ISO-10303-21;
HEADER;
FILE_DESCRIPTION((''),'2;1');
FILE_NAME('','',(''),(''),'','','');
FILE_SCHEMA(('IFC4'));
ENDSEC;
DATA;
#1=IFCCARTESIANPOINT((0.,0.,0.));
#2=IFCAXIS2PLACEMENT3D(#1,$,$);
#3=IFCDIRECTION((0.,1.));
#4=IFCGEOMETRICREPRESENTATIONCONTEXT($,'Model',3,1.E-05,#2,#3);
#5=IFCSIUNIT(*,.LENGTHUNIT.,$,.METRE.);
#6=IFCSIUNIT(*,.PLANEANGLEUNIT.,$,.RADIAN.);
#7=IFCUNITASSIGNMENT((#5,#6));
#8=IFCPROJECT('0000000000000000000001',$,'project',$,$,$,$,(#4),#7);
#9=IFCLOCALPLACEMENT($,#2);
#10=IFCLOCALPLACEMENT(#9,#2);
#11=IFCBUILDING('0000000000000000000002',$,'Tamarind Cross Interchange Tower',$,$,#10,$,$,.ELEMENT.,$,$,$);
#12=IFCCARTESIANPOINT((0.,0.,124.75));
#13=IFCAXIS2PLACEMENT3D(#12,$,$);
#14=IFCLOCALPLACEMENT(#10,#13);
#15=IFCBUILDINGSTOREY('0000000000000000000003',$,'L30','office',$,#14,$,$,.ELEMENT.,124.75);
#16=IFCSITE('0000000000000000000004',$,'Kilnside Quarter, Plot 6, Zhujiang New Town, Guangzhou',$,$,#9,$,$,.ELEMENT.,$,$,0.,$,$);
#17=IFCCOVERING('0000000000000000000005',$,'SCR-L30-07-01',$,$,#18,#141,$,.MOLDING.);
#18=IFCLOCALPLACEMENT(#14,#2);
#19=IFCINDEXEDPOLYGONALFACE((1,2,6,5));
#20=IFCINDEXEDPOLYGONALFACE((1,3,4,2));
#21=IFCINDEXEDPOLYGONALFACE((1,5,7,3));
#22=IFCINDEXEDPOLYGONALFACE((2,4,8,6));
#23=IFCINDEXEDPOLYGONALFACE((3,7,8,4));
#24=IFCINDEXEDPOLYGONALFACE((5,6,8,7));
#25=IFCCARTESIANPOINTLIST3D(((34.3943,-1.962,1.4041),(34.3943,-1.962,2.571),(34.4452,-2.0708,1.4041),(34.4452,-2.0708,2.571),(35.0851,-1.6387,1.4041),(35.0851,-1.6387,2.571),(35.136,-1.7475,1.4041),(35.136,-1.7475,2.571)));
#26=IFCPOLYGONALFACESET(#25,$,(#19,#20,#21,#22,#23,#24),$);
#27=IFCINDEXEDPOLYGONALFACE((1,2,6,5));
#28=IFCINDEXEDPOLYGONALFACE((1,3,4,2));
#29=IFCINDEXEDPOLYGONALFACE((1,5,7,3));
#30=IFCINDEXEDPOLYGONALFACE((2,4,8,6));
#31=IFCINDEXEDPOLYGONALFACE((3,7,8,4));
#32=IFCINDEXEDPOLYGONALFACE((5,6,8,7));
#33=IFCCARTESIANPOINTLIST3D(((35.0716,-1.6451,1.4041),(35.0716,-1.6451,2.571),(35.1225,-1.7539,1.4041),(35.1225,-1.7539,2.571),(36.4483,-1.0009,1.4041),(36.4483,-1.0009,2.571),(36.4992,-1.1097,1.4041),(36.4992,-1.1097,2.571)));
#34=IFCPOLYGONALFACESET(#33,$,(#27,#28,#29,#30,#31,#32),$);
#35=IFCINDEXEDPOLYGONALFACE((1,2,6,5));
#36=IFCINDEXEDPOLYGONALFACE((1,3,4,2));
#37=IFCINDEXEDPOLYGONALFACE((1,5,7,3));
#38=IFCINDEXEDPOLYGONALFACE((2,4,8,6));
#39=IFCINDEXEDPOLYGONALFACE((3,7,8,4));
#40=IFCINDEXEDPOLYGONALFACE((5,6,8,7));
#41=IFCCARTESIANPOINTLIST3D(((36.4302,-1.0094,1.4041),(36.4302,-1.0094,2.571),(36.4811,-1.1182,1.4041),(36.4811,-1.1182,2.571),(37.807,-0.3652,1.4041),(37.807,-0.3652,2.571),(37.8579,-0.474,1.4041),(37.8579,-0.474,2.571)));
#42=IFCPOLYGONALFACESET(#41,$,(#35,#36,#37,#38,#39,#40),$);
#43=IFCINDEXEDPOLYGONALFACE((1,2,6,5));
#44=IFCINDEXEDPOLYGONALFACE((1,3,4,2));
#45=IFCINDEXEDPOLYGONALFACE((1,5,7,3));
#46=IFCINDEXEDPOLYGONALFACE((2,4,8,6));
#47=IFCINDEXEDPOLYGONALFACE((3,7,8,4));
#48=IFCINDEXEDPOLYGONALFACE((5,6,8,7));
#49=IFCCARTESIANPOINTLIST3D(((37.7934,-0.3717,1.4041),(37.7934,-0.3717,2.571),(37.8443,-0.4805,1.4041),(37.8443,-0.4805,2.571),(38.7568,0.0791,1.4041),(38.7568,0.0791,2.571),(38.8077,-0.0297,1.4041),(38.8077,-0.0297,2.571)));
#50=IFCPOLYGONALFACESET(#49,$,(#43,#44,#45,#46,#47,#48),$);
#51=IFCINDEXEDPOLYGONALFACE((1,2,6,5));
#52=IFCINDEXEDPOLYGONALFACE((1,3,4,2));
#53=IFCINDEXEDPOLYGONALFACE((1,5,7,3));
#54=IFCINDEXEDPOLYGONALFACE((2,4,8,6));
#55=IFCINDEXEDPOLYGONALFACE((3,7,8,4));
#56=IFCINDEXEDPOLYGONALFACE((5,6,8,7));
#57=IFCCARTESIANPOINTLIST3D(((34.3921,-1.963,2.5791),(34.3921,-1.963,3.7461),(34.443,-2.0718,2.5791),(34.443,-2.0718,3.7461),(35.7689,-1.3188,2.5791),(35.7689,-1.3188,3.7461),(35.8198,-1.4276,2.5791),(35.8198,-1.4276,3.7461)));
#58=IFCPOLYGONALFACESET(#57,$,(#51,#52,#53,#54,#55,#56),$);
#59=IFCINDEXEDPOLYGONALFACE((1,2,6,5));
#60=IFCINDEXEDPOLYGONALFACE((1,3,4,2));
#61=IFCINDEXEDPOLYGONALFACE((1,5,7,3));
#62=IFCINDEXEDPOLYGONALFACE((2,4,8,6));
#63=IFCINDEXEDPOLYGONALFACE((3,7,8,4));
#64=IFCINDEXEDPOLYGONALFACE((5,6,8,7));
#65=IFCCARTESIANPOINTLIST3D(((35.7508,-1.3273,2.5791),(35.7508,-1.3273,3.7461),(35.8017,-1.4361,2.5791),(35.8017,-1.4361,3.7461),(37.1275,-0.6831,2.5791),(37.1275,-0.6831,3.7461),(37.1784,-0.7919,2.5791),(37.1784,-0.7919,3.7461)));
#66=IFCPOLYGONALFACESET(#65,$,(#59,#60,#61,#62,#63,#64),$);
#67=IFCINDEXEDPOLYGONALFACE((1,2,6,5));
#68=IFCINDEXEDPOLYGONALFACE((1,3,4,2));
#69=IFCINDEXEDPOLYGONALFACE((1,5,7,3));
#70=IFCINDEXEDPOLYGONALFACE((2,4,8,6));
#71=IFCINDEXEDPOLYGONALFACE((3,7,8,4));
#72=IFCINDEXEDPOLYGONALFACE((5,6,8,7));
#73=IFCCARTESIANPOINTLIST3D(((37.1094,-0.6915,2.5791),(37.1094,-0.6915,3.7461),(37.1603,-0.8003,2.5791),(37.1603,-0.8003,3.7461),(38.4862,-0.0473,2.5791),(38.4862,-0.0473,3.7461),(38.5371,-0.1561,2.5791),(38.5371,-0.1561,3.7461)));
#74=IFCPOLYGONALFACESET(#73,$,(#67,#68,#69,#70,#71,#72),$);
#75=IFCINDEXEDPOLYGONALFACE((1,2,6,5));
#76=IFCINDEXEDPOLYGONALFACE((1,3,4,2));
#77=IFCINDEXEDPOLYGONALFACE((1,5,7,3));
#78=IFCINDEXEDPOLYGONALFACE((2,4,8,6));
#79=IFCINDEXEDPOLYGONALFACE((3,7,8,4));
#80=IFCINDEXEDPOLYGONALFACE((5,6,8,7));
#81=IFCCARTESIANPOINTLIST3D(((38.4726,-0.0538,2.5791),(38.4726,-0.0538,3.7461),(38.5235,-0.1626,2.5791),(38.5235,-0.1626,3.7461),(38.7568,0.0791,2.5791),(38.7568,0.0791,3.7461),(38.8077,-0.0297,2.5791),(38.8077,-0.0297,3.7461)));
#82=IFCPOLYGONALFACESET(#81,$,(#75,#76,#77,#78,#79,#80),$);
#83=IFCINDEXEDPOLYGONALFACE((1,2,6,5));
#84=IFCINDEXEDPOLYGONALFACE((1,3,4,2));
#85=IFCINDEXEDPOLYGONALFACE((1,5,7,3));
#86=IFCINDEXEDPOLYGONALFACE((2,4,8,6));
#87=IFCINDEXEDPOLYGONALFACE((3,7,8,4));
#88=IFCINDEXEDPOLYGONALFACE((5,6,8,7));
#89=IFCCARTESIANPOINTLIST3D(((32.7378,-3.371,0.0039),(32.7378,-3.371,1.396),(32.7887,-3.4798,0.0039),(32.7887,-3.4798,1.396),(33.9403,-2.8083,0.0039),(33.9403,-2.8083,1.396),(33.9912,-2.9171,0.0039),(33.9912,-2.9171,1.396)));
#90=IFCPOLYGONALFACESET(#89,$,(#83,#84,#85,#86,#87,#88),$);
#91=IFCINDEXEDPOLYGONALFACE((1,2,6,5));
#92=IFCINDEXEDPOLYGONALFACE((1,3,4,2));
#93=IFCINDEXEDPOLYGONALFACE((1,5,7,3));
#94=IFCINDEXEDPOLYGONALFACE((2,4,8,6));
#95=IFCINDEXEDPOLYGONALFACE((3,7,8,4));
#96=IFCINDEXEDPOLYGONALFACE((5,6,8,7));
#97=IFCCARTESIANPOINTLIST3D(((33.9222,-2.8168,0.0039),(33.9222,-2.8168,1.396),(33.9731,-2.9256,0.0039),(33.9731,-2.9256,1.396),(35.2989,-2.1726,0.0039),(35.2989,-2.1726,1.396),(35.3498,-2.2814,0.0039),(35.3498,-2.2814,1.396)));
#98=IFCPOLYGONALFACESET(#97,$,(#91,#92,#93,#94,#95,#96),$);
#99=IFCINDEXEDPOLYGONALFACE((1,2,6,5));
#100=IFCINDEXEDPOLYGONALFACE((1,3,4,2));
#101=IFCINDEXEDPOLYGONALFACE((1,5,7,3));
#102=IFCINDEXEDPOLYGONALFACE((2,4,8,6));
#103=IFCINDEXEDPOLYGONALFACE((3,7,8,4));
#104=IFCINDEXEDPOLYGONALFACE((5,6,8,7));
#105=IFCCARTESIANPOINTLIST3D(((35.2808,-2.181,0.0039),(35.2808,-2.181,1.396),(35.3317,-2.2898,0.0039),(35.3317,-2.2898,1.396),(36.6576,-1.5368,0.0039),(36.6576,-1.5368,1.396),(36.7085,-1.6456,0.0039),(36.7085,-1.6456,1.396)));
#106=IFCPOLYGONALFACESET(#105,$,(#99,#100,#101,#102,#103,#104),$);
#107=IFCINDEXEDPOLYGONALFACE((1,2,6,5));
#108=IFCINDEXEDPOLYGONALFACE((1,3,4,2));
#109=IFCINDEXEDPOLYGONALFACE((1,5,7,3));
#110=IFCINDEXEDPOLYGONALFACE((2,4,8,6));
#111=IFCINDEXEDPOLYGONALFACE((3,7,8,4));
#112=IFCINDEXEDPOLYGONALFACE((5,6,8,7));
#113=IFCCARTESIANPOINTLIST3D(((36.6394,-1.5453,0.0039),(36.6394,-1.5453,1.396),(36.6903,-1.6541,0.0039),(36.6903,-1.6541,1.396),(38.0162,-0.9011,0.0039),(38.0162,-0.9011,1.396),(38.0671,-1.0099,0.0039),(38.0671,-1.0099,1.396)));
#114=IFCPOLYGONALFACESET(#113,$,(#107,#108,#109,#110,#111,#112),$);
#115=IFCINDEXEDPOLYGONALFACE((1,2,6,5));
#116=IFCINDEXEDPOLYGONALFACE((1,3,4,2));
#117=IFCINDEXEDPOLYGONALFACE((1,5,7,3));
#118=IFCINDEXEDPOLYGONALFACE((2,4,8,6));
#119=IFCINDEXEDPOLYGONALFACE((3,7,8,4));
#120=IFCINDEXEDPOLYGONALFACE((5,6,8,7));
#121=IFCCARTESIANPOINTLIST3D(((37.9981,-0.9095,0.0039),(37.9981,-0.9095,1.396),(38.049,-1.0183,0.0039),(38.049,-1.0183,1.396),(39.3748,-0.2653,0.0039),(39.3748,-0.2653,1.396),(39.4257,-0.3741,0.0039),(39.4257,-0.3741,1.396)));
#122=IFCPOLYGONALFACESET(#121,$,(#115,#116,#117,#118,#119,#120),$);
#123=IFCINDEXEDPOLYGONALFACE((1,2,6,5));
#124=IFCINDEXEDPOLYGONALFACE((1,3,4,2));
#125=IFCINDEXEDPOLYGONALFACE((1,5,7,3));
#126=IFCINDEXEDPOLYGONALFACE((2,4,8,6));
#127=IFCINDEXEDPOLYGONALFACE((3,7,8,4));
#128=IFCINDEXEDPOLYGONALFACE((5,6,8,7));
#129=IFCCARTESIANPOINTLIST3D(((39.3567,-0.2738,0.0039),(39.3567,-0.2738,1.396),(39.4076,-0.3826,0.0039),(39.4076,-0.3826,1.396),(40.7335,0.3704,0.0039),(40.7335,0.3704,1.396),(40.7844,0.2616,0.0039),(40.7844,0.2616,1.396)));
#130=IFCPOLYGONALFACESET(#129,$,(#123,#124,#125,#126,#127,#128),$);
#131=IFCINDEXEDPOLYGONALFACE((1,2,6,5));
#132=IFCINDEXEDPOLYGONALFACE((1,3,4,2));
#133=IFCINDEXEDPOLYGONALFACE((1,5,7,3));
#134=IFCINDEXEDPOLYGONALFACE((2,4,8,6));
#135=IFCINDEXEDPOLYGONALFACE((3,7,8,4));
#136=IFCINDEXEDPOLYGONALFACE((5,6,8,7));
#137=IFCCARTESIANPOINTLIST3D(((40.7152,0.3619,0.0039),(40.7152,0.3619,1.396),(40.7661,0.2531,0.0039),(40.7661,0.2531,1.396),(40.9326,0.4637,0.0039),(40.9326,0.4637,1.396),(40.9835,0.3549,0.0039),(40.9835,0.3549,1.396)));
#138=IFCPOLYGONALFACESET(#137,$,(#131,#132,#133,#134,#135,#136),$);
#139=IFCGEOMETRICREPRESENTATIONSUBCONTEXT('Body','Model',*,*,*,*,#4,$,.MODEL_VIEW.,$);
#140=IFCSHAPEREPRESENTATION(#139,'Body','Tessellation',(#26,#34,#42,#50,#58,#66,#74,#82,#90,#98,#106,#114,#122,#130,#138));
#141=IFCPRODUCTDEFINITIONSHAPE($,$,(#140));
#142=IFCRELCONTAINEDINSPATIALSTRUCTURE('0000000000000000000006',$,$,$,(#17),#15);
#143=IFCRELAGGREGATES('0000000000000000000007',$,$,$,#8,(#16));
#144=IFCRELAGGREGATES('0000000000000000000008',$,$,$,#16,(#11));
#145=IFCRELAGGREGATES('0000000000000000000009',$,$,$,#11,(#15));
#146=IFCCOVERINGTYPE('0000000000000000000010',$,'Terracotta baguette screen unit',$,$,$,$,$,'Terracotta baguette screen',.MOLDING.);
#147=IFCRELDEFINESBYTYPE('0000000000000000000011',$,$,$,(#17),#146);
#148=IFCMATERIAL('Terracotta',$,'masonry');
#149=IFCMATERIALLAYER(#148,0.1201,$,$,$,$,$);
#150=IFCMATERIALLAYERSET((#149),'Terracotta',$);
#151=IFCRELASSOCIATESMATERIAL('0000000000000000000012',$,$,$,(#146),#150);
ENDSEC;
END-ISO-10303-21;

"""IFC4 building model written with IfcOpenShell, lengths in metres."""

from ifc_helpers import new_model, si_unit, direction, frame, origin, origin_2d, place, context, subcontext, project, spatial, rectangle, extrude, material, layer, layer_set, type_object, element, save


model = new_model("IFC4")

# Units and contexts
model_context = context("Model", 3, precision=1e-05, world=origin(), true_north=direction((0.0, 1.0)))
body_context = subcontext(model_context, "Body", "Model", "MODEL_VIEW")
ifc_project = project(units=[si_unit("LENGTHUNIT", "METRE"), si_unit("PLANEANGLEUNIT", "RADIAN")], contexts=[model_context])

# Site, building, storey
site_placement = place(None, origin())
site = spatial("IfcSite", under=ifc_project, at=site_placement, Name="Kilnside Quarter, Plot 6, Zhujiang New Town, Guangzhou", CompositionType="ELEMENT", RefElevation=0.0)
building_placement = place(site_placement, origin())
building = spatial("IfcBuilding", under=site, at=building_placement, Name="Tamarind Cross Interchange Tower", CompositionType="ELEMENT")
storey_placement = place(building_placement, frame((0.0, 0.0, 124.75)))
storey = spatial("IfcBuildingStorey", under=building, at=storey_placement, Name="L30", Description="office", CompositionType="ELEMENT", Elevation=124.75)

# Covering
ifc_material_1 = material(Name="Terracotta", Category="masonry")
ifc_layer_1 = layer(ifc_material_1, 0.1201)
ifc_layer_set_1 = layer_set([ifc_layer_1], Name="Terracotta")
covering_type = type_object("IfcCoveringType", Name="Terracotta baguette screen unit", ElementType="Terracotta baguette screen", PredefinedType="MOLDING", material=ifc_layer_set_1)
covering_1_placement = place(storey_placement, origin())
element("IfcCovering", 1, at=covering_1_placement, inside=storey, type_object=covering_type, Name="SCR-L30-07-01", PredefinedType="MOLDING", context=body_context, shape_type="SweptSolid", body=[
    extrude(rectangle(XDim=0.7627, YDim=0.1201, at=origin_2d()), frame((34.7651, -1.8547, 1.4041), z_axis=(0.0, 0.0, 1.0), x_axis=(0.905752, 0.423807, 0.0)), (0.0, 0.0, 1.0), 1.167),
    extrude(rectangle(XDim=1.52, YDim=0.1201, at=origin_2d()), frame((35.7854, -1.3774, 1.4041), z_axis=(0.0, 0.0, 1.0), x_axis=(0.905752, 0.423807, 0.0)), (0.0, 0.0, 1.0), 1.167),
    extrude(rectangle(XDim=1.52, YDim=0.1201, at=origin_2d()), frame((37.144, -0.7417, 1.4041), z_axis=(0.0, 0.0, 1.0), x_axis=(0.905752, 0.423807, 0.0)), (0.0, 0.0, 1.0), 1.167),
    extrude(rectangle(XDim=1.0637, YDim=0.1201, at=origin_2d()), frame((38.3005, -0.2007, 1.4041), z_axis=(0.0, 0.0, 1.0), x_axis=(0.905752, 0.423807, 0.0)), (0.0, 0.0, 1.0), 1.167),
    extrude(rectangle(XDim=1.52, YDim=0.1201, at=origin_2d()), frame((35.106, -1.6953, 2.5791), z_axis=(0.0, 0.0, 1.0), x_axis=(0.905752, 0.423807, 0.0)), (0.0, 0.0, 1.0), 1.167),
    extrude(rectangle(XDim=1.52, YDim=0.1201, at=origin_2d()), frame((36.4646, -1.0596, 2.5791), z_axis=(0.0, 0.0, 1.0), x_axis=(0.905752, 0.423807, 0.0)), (0.0, 0.0, 1.0), 1.167),
    extrude(rectangle(XDim=1.52, YDim=0.1201, at=origin_2d()), frame((37.8232, -0.4238, 2.5791), z_axis=(0.0, 0.0, 1.0), x_axis=(0.905752, 0.423807, 0.0)), (0.0, 0.0, 1.0), 1.167),
    extrude(rectangle(XDim=0.3137, YDim=0.1201, at=origin_2d()), frame((38.6401, -0.0417, 2.5791), z_axis=(0.0, 0.0, 1.0), x_axis=(0.905752, 0.423807, 0.0)), (0.0, 0.0, 1.0), 1.167),
    extrude(rectangle(XDim=1.3276, YDim=0.1201, at=origin_2d()), frame((33.3645, -3.144, 0.0039), z_axis=(0.0, 0.0, 1.0), x_axis=(0.905752, 0.423807, 0.0)), (0.0, 0.0, 1.0), 1.3921),
    extrude(rectangle(XDim=1.52, YDim=0.1201, at=origin_2d()), frame((34.636, -2.5491, 0.0039), z_axis=(0.0, 0.0, 1.0), x_axis=(0.905752, 0.423807, 0.0)), (0.0, 0.0, 1.0), 1.3921),
    extrude(rectangle(XDim=1.52, YDim=0.1201, at=origin_2d()), frame((35.9946, -1.9133, 0.0039), z_axis=(0.0, 0.0, 1.0), x_axis=(0.905752, 0.423807, 0.0)), (0.0, 0.0, 1.0), 1.3921),
    extrude(rectangle(XDim=1.52, YDim=0.1201, at=origin_2d()), frame((37.3533, -1.2776, 0.0039), z_axis=(0.0, 0.0, 1.0), x_axis=(0.905752, 0.423807, 0.0)), (0.0, 0.0, 1.0), 1.3921),
    extrude(rectangle(XDim=1.52, YDim=0.1201, at=origin_2d()), frame((38.7119, -0.6418, 0.0039), z_axis=(0.0, 0.0, 1.0), x_axis=(0.905752, 0.423807, 0.0)), (0.0, 0.0, 1.0), 1.3921),
    extrude(rectangle(XDim=1.52, YDim=0.1201, at=origin_2d()), frame((40.0706, -0.0061, 0.0039), z_axis=(0.0, 0.0, 1.0), x_axis=(0.905752, 0.423807, 0.0)), (0.0, 0.0, 1.0), 1.3921),
    extrude(rectangle(XDim=0.24, YDim=0.1201, at=origin_2d()), frame((40.8494, 0.3584, 0.0039), z_axis=(0.0, 0.0, 1.0), x_axis=(0.905752, 0.423807, 0.0)), (0.0, 0.0, 1.0), 1.3921),
])

save(model, "model.ifc")
